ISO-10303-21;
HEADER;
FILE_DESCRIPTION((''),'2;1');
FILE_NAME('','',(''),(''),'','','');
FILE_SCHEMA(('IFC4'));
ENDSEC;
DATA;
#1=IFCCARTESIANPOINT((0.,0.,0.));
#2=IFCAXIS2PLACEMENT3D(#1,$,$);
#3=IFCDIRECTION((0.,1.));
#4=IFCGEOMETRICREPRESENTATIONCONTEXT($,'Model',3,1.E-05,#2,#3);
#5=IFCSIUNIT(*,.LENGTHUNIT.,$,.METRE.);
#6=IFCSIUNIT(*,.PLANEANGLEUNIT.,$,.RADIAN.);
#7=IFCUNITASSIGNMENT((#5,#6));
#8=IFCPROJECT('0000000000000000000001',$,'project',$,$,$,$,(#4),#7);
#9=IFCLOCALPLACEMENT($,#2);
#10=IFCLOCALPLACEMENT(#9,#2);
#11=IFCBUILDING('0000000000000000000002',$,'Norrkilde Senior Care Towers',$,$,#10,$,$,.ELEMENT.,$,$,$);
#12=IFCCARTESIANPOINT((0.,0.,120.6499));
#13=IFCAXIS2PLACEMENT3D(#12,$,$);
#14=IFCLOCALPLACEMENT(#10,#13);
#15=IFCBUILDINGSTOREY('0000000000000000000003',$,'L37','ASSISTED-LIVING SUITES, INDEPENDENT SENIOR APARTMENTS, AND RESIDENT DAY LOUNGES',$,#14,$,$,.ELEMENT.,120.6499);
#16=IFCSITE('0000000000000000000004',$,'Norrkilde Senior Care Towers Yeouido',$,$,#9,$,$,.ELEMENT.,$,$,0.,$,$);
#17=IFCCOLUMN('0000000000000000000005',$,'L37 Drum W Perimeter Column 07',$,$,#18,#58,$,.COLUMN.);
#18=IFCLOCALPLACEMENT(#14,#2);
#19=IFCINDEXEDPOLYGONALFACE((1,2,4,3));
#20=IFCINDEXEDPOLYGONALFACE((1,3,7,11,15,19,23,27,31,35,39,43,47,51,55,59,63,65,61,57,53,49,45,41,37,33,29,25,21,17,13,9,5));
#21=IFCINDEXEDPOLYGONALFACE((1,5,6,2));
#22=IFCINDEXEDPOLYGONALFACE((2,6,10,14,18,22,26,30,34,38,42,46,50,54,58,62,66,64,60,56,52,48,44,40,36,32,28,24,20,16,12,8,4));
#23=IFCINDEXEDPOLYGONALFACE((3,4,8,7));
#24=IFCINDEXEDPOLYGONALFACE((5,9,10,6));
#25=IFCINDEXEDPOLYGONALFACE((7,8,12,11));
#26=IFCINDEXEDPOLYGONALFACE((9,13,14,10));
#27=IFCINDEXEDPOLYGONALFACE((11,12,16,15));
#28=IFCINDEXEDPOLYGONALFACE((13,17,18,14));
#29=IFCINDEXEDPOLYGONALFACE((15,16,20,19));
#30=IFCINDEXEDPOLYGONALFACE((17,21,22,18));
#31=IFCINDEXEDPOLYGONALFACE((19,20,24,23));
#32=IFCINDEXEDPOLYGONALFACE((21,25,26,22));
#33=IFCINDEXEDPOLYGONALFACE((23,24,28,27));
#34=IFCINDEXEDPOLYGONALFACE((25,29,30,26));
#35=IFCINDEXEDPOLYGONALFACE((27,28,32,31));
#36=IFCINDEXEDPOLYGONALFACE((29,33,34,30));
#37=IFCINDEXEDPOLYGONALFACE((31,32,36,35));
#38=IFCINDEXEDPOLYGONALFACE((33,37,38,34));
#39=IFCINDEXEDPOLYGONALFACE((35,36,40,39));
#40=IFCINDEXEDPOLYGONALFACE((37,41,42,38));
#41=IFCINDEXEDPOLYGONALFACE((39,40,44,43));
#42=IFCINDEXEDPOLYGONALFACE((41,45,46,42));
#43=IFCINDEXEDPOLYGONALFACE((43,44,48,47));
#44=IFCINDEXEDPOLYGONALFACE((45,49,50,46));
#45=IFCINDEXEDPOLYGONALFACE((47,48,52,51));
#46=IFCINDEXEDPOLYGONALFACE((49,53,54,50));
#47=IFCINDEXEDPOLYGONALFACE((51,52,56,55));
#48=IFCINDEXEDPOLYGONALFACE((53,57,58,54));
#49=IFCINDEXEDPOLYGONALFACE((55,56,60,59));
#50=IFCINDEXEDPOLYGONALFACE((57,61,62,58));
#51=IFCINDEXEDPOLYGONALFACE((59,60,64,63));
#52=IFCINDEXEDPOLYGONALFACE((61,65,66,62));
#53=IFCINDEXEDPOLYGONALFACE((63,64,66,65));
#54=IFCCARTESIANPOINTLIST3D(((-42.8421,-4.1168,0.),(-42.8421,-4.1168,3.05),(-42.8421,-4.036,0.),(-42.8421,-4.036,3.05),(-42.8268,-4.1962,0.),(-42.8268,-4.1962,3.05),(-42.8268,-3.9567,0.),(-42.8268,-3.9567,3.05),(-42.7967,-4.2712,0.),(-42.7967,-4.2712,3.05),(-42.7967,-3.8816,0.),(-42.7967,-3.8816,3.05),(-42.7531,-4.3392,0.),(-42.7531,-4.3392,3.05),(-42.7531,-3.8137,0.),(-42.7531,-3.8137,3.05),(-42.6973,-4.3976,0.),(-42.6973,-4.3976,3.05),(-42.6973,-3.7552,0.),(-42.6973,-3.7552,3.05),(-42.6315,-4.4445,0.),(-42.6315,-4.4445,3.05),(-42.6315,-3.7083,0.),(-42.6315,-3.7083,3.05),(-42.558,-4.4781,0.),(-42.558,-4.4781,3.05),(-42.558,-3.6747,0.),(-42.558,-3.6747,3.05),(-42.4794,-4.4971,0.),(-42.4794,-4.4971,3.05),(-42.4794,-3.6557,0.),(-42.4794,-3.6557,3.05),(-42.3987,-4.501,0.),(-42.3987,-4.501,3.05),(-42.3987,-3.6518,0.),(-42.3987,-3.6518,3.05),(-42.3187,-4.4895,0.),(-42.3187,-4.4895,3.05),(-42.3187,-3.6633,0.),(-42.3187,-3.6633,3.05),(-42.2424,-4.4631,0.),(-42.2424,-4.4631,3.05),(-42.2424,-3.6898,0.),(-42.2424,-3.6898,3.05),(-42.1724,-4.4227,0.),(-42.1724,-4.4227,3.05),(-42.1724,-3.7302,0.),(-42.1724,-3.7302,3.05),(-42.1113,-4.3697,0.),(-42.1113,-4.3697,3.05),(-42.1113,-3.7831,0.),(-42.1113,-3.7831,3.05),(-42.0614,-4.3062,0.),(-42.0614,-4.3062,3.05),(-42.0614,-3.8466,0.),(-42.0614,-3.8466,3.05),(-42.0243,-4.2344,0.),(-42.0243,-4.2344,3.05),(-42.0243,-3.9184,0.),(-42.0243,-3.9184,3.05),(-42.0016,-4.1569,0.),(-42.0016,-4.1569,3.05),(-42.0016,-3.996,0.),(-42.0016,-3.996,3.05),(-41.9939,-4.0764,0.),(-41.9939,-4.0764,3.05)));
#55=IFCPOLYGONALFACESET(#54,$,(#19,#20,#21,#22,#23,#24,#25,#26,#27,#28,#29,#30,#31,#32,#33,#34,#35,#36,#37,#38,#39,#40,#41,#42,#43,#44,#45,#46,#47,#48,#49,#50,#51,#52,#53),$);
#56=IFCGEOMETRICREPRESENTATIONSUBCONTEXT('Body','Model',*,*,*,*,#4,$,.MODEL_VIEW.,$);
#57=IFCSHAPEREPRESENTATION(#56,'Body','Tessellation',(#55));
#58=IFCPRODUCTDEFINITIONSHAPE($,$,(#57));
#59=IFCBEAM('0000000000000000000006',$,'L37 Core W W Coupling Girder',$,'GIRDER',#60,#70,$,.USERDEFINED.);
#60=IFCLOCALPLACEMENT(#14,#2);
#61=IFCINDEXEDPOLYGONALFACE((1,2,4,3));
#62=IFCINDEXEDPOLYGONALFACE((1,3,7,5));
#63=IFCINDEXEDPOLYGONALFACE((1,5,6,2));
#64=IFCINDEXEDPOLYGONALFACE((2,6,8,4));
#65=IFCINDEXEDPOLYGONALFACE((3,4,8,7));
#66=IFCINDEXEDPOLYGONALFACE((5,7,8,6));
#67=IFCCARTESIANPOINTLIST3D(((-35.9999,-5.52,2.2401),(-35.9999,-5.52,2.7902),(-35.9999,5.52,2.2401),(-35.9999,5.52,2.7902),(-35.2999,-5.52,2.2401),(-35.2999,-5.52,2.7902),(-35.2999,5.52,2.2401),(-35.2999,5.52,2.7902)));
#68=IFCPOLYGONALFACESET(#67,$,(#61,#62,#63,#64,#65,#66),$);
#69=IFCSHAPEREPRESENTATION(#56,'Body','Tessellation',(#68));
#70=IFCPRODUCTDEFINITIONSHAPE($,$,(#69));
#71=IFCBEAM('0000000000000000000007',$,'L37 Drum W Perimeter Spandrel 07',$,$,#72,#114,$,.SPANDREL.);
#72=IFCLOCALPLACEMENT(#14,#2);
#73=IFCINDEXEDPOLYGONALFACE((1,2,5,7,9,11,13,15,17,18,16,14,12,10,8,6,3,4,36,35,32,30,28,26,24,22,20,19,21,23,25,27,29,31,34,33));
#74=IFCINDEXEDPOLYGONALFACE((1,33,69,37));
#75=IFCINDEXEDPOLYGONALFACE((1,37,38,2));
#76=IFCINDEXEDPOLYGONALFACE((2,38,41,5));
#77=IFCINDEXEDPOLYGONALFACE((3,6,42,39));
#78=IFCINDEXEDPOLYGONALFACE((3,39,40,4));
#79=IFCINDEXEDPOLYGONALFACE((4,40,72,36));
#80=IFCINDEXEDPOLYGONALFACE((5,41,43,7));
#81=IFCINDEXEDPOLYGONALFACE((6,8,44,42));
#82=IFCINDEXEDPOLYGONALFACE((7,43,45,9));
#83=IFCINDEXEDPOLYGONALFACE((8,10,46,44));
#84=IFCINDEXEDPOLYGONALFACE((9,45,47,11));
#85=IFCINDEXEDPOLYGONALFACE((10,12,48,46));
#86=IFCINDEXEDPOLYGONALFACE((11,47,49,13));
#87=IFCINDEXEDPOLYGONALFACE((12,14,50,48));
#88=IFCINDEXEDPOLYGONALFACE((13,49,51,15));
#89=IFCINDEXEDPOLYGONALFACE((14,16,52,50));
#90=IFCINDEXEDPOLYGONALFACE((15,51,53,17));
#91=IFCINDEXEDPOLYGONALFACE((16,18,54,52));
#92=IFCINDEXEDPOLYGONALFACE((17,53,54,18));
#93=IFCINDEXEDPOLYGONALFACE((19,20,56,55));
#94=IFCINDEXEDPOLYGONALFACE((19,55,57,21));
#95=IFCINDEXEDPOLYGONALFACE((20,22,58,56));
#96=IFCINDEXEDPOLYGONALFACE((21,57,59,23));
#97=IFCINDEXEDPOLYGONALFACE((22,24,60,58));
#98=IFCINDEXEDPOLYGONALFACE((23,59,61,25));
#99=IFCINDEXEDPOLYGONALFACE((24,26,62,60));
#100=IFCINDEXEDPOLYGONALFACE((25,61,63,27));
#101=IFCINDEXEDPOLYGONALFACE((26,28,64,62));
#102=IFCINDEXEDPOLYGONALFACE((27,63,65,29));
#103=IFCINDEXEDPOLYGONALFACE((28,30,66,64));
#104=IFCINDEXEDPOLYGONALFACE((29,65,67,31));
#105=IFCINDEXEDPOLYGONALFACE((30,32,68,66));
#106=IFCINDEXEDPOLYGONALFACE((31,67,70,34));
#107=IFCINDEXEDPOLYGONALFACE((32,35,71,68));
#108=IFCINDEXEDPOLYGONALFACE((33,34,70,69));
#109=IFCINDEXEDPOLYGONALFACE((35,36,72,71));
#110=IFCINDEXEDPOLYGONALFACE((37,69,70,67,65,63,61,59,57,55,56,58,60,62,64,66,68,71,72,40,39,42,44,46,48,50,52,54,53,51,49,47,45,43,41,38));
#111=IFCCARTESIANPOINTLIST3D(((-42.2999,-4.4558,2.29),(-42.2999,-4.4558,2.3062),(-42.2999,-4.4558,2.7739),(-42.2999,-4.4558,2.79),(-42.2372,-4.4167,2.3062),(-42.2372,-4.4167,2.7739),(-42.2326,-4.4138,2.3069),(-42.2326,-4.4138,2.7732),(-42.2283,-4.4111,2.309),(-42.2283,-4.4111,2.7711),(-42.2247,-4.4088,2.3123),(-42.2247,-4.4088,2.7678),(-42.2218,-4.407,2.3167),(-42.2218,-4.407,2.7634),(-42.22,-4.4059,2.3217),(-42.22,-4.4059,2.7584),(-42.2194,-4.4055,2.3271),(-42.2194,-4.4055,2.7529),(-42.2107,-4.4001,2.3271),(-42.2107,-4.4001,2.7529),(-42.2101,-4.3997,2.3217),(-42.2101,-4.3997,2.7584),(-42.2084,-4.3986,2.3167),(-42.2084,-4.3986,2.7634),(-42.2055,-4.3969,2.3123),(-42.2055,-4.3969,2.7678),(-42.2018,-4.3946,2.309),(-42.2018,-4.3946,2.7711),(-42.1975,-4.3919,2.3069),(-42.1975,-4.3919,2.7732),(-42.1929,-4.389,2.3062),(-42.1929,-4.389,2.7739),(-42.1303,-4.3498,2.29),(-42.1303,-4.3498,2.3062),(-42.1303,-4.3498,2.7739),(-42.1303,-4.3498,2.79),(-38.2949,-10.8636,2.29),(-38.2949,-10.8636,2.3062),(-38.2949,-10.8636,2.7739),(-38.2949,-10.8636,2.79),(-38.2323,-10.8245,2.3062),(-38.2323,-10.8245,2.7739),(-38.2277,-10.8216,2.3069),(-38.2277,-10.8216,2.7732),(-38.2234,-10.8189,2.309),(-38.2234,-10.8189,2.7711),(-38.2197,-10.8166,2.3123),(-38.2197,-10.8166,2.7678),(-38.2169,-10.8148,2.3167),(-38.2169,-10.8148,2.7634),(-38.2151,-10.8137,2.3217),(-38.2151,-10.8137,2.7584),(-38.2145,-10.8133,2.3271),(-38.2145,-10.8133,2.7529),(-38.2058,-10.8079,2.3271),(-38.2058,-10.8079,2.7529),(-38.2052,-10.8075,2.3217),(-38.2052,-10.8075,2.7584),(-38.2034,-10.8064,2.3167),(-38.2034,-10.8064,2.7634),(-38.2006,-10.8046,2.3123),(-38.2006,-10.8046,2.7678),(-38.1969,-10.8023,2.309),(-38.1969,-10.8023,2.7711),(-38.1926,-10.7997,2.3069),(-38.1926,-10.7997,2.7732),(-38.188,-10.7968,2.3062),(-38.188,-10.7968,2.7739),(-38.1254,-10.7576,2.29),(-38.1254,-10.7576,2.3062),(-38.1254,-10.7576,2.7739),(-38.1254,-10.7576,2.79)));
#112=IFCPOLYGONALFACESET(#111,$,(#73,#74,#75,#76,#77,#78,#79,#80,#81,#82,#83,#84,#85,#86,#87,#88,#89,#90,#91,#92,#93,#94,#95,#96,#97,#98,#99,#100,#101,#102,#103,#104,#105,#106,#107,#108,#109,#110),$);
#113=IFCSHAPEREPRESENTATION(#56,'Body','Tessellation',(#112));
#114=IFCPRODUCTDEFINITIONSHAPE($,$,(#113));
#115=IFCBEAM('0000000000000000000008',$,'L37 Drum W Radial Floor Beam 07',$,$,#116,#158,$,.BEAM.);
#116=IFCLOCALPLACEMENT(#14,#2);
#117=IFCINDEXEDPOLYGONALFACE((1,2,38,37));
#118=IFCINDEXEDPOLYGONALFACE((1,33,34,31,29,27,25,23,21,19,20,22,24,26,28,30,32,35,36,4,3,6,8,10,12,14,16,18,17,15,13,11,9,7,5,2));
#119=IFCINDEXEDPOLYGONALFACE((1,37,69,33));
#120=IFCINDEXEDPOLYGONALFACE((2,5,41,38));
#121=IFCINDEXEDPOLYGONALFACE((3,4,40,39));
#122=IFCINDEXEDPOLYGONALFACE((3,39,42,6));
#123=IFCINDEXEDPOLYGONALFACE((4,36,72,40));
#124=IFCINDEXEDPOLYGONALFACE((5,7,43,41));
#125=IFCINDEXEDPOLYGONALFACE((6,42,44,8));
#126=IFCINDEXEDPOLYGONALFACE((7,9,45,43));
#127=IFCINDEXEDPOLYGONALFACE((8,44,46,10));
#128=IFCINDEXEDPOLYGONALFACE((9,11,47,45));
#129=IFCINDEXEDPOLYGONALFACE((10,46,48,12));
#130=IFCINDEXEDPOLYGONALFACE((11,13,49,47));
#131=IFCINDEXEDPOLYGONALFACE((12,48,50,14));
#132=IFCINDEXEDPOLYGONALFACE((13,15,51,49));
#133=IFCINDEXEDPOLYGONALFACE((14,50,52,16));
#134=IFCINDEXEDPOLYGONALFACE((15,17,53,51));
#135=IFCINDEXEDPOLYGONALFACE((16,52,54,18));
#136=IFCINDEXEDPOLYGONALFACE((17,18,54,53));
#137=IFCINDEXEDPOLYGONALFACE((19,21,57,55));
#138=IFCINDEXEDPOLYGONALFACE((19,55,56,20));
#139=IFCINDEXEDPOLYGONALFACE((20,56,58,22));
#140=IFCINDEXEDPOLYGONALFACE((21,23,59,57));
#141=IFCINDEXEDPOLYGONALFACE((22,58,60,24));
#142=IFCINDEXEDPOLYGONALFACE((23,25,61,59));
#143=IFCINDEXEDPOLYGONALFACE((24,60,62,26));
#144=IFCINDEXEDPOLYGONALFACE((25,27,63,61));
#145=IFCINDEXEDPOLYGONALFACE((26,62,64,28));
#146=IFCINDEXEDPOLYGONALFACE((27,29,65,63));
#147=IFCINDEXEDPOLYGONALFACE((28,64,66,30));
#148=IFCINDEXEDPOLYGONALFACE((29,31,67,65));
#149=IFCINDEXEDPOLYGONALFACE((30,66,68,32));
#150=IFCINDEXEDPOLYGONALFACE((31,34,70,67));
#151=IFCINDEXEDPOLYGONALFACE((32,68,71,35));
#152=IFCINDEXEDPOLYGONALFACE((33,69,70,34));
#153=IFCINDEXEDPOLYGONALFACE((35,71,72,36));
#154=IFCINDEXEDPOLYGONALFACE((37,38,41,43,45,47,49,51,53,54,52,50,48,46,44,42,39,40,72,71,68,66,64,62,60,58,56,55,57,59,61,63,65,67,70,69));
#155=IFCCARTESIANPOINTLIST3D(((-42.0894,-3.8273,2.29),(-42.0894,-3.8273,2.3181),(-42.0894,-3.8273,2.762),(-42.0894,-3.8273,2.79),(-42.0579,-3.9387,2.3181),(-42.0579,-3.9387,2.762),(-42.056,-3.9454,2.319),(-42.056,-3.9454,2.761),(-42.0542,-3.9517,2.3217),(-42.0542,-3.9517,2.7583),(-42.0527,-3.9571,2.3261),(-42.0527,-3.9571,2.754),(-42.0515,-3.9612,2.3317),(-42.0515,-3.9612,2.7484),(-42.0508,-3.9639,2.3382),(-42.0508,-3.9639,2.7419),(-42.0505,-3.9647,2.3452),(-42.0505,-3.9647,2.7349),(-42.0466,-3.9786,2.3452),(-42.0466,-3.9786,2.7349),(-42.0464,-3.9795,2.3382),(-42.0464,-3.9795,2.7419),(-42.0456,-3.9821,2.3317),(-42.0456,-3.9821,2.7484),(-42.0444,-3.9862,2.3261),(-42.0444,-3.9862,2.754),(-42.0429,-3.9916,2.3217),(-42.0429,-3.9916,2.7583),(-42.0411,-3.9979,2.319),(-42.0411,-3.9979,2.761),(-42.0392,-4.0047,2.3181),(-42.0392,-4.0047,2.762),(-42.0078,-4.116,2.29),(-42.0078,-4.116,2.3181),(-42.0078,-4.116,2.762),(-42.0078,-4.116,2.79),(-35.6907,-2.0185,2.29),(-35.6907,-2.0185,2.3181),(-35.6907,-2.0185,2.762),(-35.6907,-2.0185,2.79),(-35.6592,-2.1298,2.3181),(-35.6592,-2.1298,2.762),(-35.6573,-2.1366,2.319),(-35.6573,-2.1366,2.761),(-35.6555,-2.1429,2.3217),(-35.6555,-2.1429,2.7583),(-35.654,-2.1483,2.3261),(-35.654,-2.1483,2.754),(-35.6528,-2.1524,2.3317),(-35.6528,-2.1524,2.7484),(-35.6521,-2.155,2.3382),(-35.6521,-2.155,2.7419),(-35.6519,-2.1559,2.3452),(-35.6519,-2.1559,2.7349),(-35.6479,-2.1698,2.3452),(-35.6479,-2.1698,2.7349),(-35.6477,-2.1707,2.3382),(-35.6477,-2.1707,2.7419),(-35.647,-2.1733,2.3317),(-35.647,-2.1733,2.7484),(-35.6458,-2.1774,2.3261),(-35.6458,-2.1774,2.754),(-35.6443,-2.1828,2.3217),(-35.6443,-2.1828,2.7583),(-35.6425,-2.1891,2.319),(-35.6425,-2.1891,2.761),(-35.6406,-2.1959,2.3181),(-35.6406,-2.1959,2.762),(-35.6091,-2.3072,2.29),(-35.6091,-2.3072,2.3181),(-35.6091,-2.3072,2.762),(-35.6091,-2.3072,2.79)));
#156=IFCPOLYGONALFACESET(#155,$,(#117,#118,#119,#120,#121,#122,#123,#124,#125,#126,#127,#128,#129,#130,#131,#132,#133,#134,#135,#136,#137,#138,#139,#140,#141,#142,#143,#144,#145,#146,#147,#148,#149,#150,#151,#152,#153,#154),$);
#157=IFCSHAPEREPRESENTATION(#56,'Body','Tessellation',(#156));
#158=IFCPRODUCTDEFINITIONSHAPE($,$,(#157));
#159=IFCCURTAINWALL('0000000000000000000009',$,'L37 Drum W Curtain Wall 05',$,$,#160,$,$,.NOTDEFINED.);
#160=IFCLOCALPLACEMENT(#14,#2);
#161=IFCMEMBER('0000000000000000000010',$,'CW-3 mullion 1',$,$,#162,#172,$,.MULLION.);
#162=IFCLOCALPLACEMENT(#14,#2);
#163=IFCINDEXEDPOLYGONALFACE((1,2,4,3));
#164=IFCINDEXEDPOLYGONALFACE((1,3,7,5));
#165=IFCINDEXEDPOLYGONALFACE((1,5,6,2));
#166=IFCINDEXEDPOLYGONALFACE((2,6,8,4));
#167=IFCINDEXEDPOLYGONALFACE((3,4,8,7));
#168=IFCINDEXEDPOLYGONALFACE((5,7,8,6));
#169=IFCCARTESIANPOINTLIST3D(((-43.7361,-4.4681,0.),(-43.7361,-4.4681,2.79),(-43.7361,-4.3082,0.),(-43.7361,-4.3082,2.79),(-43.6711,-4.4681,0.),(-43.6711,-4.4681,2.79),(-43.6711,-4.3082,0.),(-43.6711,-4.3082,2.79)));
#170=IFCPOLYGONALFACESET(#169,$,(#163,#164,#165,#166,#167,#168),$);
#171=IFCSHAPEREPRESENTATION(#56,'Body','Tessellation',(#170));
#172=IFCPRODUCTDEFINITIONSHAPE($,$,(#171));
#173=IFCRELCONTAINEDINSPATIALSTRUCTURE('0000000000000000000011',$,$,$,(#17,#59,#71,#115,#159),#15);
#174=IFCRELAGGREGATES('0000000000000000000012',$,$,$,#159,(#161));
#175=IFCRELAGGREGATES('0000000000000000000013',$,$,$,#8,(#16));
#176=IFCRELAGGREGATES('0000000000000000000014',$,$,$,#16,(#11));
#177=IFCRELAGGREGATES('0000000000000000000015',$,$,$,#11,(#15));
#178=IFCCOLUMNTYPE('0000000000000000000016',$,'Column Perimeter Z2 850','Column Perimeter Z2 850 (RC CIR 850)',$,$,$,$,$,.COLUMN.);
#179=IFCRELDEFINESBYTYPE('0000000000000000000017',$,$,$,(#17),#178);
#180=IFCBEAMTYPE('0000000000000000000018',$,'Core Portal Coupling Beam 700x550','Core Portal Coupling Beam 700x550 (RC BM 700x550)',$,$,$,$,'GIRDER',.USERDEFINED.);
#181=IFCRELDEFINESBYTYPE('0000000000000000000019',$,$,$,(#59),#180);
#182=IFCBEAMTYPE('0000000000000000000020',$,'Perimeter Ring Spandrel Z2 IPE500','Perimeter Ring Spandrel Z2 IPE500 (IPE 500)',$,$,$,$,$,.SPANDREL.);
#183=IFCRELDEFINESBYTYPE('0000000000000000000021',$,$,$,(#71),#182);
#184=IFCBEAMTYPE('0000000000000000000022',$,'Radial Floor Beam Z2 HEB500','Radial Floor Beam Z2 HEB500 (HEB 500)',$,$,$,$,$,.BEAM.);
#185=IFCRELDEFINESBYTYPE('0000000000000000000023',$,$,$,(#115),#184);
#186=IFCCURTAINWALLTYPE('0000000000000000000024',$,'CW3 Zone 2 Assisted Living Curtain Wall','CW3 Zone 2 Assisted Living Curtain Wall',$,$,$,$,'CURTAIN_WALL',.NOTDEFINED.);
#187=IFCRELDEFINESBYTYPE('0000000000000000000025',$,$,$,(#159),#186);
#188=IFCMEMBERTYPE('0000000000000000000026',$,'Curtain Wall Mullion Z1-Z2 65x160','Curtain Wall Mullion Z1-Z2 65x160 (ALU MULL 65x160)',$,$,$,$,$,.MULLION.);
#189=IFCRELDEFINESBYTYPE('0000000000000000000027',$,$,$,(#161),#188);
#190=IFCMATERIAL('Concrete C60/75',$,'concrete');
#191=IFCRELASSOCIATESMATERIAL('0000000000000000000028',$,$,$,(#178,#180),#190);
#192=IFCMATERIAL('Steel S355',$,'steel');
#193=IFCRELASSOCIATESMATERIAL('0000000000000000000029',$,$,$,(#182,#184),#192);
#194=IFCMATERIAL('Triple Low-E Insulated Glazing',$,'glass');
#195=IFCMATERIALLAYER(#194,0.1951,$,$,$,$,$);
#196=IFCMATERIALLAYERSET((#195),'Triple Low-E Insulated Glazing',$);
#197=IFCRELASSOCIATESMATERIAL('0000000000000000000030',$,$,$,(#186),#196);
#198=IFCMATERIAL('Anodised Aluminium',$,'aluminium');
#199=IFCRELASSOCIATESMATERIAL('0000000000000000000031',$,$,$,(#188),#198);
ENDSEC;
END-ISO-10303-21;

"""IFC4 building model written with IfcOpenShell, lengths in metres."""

from ifc_helpers import new_model, si_unit, direction, frame, origin, origin_2d, place, context, subcontext, project, spatial, rectangle, circle, i_section, extrude, source, transform, mapped, material, layer, layer_set, material_profile, profile_set, type_object, type_shapes, element, aggregate, save


model = new_model("IFC4")

# Units and contexts
model_context = context("Model", 3, precision=1e-05, world=origin(), true_north=direction((0.0, 1.0)))
body_context = subcontext(model_context, "Body", "Model", "MODEL_VIEW")
ifc_project = project(units=[si_unit("LENGTHUNIT", "METRE"), si_unit("PLANEANGLEUNIT", "RADIAN")], contexts=[model_context])

# Site, building, storey
site_placement = place(None, origin())
site = spatial("IfcSite", under=ifc_project, at=site_placement, Name="Norrkilde Senior Care Towers Yeouido", CompositionType="ELEMENT", RefElevation=0.0)
building_placement = place(site_placement, origin())
building = spatial("IfcBuilding", under=site, at=building_placement, Name="Norrkilde Senior Care Towers", CompositionType="ELEMENT")
storey_placement = place(building_placement, frame((0.0, 0.0, 120.6499)))
storey = spatial("IfcBuildingStorey", under=building, at=storey_placement, Name="L37", Description="ASSISTED-LIVING SUITES, INDEPENDENT SENIOR APARTMENTS, AND RESIDENT DAY LOUNGES", CompositionType="ELEMENT", Elevation=120.6499)

# Column
ifc_material_1 = material(Name="Concrete C60/75", Category="concrete")
ifc_material_profile_1 = material_profile(ifc_material_1, circle(Radius=0.425, at=origin_2d()), Name="RC CIR 850")
ifc_profile_set_1 = profile_set([ifc_material_profile_1], Name="Concrete C60/75")
column_type = type_object("IfcColumnType", Name="Column Perimeter Z2 850", Description="Column Perimeter Z2 850 (RC CIR 850)", PredefinedType="COLUMN", material=ifc_profile_set_1)
shared_shape_1 = source(origin(), body_context, "Body", "SweptSolid", [
    extrude(circle(Radius=0.425, at=origin_2d()), origin(), (0.0, 0.0, 1.0), 3.05),
])
type_shapes(column_type, [shared_shape_1])
column_placement = place(storey_placement, frame((-42.4189, -4.0764, 0.0), z_axis=(0.0, 0.0, 1.0), x_axis=(1.0, 0.0, 0.0)))
element("IfcColumn", 1, at=column_placement, inside=storey, type_object=column_type, Name="L37 Drum W Perimeter Column 07", PredefinedType="COLUMN", context=body_context, shape_type="MappedRepresentation", body=[
    mapped(shared_shape_1, transform((0.0, 0.0, 0.0), x_axis=(1.0, 0.0, 0.0), y_axis=(0.0, 1.0, 0.0), z_axis=(0.0, 0.0, 1.0), scale=1.0)),
])

# Beams
ifc_material_profile_2 = material_profile(ifc_material_1, rectangle(XDim=0.7, YDim=0.55, at=origin_2d()), Name="RC BM 700x550")
ifc_profile_set_2 = profile_set([ifc_material_profile_2], Name="Concrete C60/75")
beam_type_1 = type_object("IfcBeamType", Name="Core Portal Coupling Beam 700x550", Description="Core Portal Coupling Beam 700x550 (RC BM 700x550)", ElementType="GIRDER", PredefinedType="USERDEFINED", material=ifc_profile_set_2)
shared_shape_2 = source(origin(), body_context, "Body", "SweptSolid", [
    extrude(rectangle(XDim=0.7, YDim=0.55, at=origin_2d()), origin(), (0.0, 0.0, 1.0), 11.04),
])
type_shapes(beam_type_1, [shared_shape_2])
beam_1_placement = place(storey_placement, frame((-35.6499, -5.52, 2.5151), z_axis=(0.0, 1.0, 0.0), x_axis=(-1.0, 0.0, 0.0)))
element("IfcBeam", 2, at=beam_1_placement, inside=storey, type_object=beam_type_1, Name="L37 Core W W Coupling Girder", ObjectType="GIRDER", PredefinedType="USERDEFINED", context=body_context, shape_type="MappedRepresentation", body=[
    mapped(shared_shape_2, transform((0.0, 0.0, 0.0), x_axis=(1.0, 0.0, 0.0), y_axis=(0.0, 1.0, 0.0), z_axis=(0.0, 0.0, 1.0), scale=1.0)),
])
ifc_material_2 = material(Name="Steel S355", Category="steel")
ifc_material_profile_3 = material_profile(ifc_material_2, i_section(OverallWidth=0.2, OverallDepth=0.5, WebThickness=0.0103, FlangeThickness=0.0161, FilletRadius=0.021, at=origin_2d()), Name="IPE 500")
ifc_profile_set_3 = profile_set([ifc_material_profile_3], Name="Steel S355")
beam_type_2 = type_object("IfcBeamType", Name="Perimeter Ring Spandrel Z2 IPE500", Description="Perimeter Ring Spandrel Z2 IPE500 (IPE 500)", PredefinedType="SPANDREL", material=ifc_profile_set_3)
shared_shape_3 = source(origin(), body_context, "Body", "SweptSolid", [
    extrude(i_section(OverallWidth=0.2, OverallDepth=0.5, WebThickness=0.0103, FlangeThickness=0.0161, FilletRadius=0.021, at=origin_2d()), origin(), (0.0, 0.0, 1.0), 7.5564),
])
type_shapes(beam_type_2, [shared_shape_3])
beam_2_placement = place(storey_placement, frame((-42.2151, -4.4028, 2.54), z_axis=(0.530005, -0.847995, 0.0), x_axis=(0.847995, 0.530005, 0.0)))
element("IfcBeam", 3, at=beam_2_placement, inside=storey, type_object=beam_type_2, Name="L37 Drum W Perimeter Spandrel 07", PredefinedType="SPANDREL", context=body_context, shape_type="MappedRepresentation", body=[
    mapped(shared_shape_3, transform((0.0, 0.0, 0.0), x_axis=(1.0, 0.0, 0.0), y_axis=(0.0, 1.0, 0.0), z_axis=(0.0, 0.0, 1.0), scale=1.0)),
])
ifc_material_profile_4 = material_profile(ifc_material_2, i_section(OverallWidth=0.3, OverallDepth=0.5, WebThickness=0.0144, FlangeThickness=0.0281, FilletRadius=0.0271, at=origin_2d()), Name="HEB 500")
ifc_profile_set_4 = profile_set([ifc_material_profile_4], Name="Steel S355")
beam_type_3 = type_object("IfcBeamType", Name="Radial Floor Beam Z2 HEB500", Description="Radial Floor Beam Z2 HEB500 (HEB 500)", PredefinedType="BEAM", material=ifc_profile_set_4)
shared_shape_4 = source(origin(), body_context, "Body", "SweptSolid", [
    extrude(i_section(OverallWidth=0.3, OverallDepth=0.5, WebThickness=0.0144, FlangeThickness=0.0281, FilletRadius=0.0271, at=origin_2d()), origin(), (0.0, 0.0, 1.0), 6.6494),
])
type_shapes(beam_type_3, [shared_shape_4])
beam_3_placement = place(storey_placement, frame((-35.6499, -2.1628, 2.54), z_axis=(-0.962289, -0.272029, 0.0), x_axis=(0.272029, -0.962289, 0.0)))
element("IfcBeam", 4, at=beam_3_placement, inside=storey, type_object=beam_type_3, Name="L37 Drum W Radial Floor Beam 07", PredefinedType="BEAM", context=body_context, shape_type="MappedRepresentation", body=[
    mapped(shared_shape_4, transform((0.0, 0.0, 0.0), x_axis=(1.0, 0.0, 0.0), y_axis=(0.0, 1.0, 0.0), z_axis=(0.0, 0.0, 1.0), scale=1.0)),
])

# Curtain wall, member
ifc_material_3 = material(Name="Triple Low-E Insulated Glazing", Category="glass")
ifc_layer_1 = layer(ifc_material_3, 0.1951)
ifc_layer_set_1 = layer_set([ifc_layer_1], Name="Triple Low-E Insulated Glazing")
curtain_wall_type = type_object("IfcCurtainWallType", Name="CW3 Zone 2 Assisted Living Curtain Wall", Description="CW3 Zone 2 Assisted Living Curtain Wall", ElementType="CURTAIN_WALL", PredefinedType="NOTDEFINED", material=ifc_layer_set_1)
curtain_wall_1_placement = place(storey_placement, origin())
curtain_wall_1 = element("IfcCurtainWall", 5, at=curtain_wall_1_placement, inside=storey, type_object=curtain_wall_type, Name="L37 Drum W Curtain Wall 05", PredefinedType="NOTDEFINED")
ifc_material_4 = material(Name="Anodised Aluminium", Category="aluminium")
ifc_material_profile_5 = material_profile(ifc_material_4, rectangle(XDim=0.0649, YDim=0.1599, at=origin_2d()), Name="ALU MULL 65x160")
ifc_profile_set_5 = profile_set([ifc_material_profile_5], Name="Anodised Aluminium")
member_type_1 = type_object("IfcMemberType", Name="Curtain Wall Mullion Z1-Z2 65x160", Description="Curtain Wall Mullion Z1-Z2 65x160 (ALU MULL 65x160)", PredefinedType="MULLION", material=ifc_profile_set_5)
shared_shape_5 = source(origin(), body_context, "Body", "SweptSolid", [
    extrude(rectangle(XDim=0.0649, YDim=0.1599, at=origin_2d()), origin(), (0.0, 0.0, 1.0), 2.79),
])
type_shapes(member_type_1, [shared_shape_5])
member_1_placement = place(storey_placement, frame((-43.7036, -4.3882, 0.0), z_axis=(0.0, 0.0, 1.0), x_axis=(-1.0, 0.0, 0.0)))
member_1 = element("IfcMember", 6, at=member_1_placement, type_object=member_type_1, Name="CW-3 mullion 1", PredefinedType="MULLION", context=body_context, shape_type="MappedRepresentation", body=[
    mapped(shared_shape_5, transform((0.0, 0.0, 0.0), x_axis=(1.0, 0.0, 0.0), y_axis=(0.0, 1.0, 0.0), z_axis=(0.0, 0.0, 1.0), scale=1.0)),
])

aggregate(curtain_wall_1, [member_1])

save(model, "model.ifc")
